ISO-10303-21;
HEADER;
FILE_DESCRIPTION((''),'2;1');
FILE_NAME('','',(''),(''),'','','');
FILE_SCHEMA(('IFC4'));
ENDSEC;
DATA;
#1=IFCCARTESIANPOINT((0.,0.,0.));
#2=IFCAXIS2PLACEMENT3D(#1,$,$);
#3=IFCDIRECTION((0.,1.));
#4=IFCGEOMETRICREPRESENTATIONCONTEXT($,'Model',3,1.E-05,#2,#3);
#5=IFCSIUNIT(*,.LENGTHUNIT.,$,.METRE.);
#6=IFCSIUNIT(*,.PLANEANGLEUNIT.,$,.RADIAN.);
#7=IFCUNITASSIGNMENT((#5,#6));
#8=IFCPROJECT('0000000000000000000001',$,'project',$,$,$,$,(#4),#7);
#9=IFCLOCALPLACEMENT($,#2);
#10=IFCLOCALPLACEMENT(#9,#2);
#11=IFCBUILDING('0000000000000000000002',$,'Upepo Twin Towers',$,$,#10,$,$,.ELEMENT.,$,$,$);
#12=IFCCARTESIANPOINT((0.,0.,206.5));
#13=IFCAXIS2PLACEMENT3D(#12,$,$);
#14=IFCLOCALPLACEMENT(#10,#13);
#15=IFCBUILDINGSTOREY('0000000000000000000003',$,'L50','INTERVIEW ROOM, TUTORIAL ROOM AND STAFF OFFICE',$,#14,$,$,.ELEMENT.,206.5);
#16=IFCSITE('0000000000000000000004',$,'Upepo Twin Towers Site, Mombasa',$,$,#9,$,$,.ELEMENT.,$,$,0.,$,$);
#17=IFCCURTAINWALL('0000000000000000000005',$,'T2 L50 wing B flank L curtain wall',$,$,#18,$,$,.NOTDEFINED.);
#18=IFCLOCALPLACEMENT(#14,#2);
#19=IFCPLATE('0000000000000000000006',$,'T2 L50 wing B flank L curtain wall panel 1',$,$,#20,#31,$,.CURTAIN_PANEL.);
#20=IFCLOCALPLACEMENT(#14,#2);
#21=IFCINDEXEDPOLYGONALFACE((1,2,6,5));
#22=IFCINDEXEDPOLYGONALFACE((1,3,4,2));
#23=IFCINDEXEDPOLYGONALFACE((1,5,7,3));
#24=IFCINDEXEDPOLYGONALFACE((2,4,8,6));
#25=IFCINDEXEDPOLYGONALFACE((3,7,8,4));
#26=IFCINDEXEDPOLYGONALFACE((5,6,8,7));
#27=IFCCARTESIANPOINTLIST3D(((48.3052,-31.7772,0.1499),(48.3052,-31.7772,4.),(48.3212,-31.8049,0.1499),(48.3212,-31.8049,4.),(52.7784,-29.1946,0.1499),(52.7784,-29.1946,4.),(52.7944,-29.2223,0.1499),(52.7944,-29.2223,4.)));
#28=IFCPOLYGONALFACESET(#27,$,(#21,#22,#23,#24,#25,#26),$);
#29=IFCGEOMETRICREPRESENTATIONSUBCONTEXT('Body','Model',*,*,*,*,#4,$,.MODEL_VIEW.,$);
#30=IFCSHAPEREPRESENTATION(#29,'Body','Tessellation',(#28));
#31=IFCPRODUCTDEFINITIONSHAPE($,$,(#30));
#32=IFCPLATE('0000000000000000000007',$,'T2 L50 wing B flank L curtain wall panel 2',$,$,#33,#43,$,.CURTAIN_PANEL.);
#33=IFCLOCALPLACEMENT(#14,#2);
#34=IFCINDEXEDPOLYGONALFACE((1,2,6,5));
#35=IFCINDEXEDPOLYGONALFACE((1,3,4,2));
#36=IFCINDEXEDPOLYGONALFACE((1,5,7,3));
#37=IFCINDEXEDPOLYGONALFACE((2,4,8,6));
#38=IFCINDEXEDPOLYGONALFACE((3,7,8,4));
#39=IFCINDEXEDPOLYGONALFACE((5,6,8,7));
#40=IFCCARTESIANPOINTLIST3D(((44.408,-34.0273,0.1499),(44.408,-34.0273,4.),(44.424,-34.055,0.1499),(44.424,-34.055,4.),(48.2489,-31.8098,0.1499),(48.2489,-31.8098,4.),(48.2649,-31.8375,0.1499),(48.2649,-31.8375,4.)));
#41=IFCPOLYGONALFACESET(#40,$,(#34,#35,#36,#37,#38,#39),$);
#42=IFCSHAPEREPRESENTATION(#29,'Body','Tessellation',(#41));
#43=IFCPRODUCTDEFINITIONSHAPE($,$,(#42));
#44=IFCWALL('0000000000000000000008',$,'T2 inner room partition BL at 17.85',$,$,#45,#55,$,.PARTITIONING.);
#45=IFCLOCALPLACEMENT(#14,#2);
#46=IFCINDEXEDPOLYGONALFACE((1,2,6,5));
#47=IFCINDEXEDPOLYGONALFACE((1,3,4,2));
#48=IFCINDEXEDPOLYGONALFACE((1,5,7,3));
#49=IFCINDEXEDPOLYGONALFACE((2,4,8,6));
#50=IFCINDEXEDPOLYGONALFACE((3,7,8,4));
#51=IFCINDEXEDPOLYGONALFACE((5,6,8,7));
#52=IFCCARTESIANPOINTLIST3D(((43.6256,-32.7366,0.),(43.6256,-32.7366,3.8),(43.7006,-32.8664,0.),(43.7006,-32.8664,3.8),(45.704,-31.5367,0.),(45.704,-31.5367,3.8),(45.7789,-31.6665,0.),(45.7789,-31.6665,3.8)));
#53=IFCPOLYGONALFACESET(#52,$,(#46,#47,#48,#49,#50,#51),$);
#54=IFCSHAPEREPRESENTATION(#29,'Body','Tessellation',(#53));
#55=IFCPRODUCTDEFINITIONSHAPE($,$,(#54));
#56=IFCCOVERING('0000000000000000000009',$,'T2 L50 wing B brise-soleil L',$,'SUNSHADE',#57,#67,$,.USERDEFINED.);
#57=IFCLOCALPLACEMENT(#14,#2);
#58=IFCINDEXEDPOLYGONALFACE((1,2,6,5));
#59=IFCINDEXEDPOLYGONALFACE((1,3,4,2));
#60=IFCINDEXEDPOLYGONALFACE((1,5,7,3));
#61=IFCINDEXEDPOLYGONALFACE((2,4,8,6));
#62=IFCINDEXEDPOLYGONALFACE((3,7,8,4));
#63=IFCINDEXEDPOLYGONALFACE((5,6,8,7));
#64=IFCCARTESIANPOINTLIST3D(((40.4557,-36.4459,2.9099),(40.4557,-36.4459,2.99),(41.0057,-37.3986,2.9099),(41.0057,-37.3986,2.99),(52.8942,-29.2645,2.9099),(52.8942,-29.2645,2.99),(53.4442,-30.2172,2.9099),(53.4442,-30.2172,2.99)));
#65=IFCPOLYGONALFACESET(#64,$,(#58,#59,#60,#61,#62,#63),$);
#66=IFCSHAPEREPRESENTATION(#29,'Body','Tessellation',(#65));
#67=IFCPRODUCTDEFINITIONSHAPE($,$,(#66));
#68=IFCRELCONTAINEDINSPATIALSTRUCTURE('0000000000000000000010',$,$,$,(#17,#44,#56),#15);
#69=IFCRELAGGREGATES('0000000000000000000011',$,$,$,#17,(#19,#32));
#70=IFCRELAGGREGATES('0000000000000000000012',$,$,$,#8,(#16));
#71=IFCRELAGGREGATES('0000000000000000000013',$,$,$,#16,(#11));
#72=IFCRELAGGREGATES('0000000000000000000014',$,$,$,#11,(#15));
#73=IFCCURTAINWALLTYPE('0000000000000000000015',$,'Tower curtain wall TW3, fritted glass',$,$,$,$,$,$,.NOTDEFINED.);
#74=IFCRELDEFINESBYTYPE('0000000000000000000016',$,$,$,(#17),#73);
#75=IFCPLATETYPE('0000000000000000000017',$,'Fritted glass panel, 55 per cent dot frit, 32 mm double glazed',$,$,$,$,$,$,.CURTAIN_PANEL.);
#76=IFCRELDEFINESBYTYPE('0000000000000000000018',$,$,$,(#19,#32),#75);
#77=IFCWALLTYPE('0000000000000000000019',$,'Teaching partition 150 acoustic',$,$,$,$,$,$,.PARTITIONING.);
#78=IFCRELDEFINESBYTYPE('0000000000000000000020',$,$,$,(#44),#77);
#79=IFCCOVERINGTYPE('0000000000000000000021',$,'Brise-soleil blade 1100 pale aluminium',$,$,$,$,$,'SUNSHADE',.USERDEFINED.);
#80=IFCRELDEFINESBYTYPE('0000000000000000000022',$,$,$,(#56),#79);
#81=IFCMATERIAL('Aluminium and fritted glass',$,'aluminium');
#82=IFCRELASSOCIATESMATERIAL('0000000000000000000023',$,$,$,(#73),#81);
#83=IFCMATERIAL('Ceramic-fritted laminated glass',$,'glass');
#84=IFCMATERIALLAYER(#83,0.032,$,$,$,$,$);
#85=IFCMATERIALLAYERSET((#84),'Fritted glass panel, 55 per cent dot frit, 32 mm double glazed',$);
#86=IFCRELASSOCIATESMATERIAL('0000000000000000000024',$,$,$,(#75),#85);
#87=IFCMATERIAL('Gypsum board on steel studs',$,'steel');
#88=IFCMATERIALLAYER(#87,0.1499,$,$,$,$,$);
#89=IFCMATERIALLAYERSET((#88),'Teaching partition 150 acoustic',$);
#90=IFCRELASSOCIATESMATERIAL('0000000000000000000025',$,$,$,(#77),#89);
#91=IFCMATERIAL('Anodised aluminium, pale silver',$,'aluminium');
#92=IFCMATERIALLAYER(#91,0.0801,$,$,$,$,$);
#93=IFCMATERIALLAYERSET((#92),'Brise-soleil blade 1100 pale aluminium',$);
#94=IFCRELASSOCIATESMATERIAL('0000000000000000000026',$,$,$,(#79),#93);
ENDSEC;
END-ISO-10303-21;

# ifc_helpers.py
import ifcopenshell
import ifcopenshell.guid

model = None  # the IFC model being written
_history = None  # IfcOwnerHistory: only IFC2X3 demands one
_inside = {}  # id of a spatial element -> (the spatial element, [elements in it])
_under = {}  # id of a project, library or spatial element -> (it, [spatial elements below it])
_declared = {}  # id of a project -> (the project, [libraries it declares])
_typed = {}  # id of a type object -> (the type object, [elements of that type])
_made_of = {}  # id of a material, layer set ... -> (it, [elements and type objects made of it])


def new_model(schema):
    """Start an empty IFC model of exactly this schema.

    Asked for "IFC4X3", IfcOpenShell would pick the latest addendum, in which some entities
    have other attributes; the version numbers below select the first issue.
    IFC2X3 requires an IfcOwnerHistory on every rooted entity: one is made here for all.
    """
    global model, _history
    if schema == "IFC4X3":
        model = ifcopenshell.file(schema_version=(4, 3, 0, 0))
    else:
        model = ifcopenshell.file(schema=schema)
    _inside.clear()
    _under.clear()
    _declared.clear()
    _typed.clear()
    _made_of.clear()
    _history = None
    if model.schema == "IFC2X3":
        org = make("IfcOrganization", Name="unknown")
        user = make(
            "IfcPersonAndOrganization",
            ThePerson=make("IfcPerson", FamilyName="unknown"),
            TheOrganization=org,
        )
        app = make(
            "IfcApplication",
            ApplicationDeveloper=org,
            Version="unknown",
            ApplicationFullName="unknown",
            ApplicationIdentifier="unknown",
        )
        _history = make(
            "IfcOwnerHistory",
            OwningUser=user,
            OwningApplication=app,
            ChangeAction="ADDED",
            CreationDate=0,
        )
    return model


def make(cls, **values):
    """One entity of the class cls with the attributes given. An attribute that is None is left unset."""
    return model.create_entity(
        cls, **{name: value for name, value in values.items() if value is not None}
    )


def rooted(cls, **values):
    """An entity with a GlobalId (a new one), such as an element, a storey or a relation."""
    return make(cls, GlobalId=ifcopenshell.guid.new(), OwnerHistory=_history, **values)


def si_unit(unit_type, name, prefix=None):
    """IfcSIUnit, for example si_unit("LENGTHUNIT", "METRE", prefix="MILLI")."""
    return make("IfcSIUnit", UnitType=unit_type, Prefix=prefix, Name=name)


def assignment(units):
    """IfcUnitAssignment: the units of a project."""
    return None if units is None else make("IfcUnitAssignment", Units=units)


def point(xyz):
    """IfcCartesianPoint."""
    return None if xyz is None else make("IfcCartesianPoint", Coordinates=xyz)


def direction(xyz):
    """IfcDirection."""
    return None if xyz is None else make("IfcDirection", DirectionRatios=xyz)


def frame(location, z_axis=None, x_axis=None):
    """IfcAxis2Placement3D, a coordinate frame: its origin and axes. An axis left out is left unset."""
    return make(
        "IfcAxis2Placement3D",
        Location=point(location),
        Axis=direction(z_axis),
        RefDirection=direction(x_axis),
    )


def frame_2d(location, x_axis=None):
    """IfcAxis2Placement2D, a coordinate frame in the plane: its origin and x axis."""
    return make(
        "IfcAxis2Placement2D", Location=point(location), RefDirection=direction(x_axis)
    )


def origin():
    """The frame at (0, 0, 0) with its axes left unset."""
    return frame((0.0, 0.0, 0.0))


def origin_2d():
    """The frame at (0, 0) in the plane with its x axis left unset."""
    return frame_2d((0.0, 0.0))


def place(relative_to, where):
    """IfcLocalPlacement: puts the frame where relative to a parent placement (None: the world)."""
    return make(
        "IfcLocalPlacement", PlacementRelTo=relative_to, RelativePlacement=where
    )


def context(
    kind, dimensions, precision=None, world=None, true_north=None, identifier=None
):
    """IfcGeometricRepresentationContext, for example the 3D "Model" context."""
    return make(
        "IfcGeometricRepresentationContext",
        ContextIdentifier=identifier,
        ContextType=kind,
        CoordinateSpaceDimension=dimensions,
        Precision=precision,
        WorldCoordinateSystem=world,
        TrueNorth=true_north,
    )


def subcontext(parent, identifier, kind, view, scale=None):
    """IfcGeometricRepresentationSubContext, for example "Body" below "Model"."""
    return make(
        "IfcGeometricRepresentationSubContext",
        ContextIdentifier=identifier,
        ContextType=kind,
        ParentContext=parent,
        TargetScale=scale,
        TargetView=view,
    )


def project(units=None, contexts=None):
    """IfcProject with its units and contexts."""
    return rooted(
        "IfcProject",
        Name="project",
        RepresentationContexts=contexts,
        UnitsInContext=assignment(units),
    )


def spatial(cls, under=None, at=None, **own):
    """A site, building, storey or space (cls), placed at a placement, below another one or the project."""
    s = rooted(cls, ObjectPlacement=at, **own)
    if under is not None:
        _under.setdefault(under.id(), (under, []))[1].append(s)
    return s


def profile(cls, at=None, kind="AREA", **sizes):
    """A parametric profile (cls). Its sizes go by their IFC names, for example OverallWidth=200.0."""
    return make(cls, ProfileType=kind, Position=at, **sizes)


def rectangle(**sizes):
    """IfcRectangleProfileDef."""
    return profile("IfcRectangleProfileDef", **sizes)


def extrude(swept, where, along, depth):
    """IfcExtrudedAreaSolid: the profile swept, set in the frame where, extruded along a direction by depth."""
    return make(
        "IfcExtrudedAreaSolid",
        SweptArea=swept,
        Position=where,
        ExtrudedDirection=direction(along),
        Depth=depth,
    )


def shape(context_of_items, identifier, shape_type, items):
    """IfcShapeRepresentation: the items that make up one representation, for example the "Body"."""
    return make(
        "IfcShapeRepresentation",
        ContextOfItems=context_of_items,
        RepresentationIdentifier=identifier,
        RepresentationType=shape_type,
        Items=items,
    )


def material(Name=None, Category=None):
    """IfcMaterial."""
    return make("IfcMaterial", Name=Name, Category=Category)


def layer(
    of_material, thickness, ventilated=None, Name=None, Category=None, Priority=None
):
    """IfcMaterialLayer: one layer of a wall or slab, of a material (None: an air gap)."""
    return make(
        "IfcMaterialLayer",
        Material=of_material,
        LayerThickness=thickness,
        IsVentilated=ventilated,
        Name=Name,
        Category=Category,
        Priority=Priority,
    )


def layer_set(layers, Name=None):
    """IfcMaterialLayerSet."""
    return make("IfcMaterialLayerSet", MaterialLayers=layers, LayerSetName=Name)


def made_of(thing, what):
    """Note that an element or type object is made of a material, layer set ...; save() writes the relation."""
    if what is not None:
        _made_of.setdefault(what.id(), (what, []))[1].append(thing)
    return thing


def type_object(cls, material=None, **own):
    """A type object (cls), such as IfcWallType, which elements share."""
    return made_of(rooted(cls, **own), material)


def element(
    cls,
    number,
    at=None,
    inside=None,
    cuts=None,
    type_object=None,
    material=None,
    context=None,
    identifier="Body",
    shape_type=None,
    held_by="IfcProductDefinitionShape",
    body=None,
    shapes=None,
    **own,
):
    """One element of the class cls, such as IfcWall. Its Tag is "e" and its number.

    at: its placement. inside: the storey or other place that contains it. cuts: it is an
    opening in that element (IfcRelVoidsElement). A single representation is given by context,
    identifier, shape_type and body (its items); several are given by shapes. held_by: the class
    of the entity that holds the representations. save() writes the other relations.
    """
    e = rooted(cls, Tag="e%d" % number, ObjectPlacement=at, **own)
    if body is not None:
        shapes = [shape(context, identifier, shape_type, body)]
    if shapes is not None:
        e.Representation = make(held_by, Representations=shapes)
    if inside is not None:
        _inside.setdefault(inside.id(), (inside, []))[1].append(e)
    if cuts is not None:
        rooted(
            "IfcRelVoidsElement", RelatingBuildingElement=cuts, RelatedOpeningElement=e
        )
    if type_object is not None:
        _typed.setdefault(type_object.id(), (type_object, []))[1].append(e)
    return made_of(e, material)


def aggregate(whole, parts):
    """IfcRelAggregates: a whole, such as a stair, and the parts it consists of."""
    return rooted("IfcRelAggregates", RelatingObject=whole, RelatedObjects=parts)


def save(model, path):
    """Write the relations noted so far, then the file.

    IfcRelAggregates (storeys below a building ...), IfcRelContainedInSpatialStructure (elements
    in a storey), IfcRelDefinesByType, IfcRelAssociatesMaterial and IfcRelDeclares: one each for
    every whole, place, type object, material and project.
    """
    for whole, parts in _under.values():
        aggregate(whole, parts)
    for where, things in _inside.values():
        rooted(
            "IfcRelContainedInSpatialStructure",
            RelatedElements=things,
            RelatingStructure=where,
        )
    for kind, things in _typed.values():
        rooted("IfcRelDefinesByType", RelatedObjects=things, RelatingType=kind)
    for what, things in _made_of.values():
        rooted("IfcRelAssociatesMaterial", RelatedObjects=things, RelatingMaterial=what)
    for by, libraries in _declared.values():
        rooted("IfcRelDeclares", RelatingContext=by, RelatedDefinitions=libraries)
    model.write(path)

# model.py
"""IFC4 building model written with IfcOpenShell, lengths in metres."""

from ifc_helpers import new_model, si_unit, direction, frame, frame_2d, origin, origin_2d, place, context, subcontext, project, spatial, rectangle, extrude, material, layer, layer_set, type_object, element, aggregate, save


model = new_model("IFC4")

# Units and contexts
model_context = context("Model", 3, precision=1e-05, world=origin(), true_north=direction((0.0, 1.0)))
body_context = subcontext(model_context, "Body", "Model", "MODEL_VIEW")
ifc_project = project(units=[si_unit("LENGTHUNIT", "METRE"), si_unit("PLANEANGLEUNIT", "RADIAN")], contexts=[model_context])

# Site, building, storey
site_placement = place(None, origin())
site = spatial("IfcSite", under=ifc_project, at=site_placement, Name="Upepo Twin Towers Site, Mombasa", CompositionType="ELEMENT", RefElevation=0.0)
building_placement = place(site_placement, origin())
building = spatial("IfcBuilding", under=site, at=building_placement, Name="Upepo Twin Towers", CompositionType="ELEMENT")
storey_placement = place(building_placement, frame((0.0, 0.0, 206.5)))
storey = spatial("IfcBuildingStorey", under=building, at=storey_placement, Name="L50", Description="INTERVIEW ROOM, TUTORIAL ROOM AND STAFF OFFICE", CompositionType="ELEMENT", Elevation=206.5)

# Curtain wall, plates
ifc_material_1 = material(Name="Aluminium and fritted glass", Category="aluminium")
curtain_wall_type = type_object("IfcCurtainWallType", Name="Tower curtain wall TW3, fritted glass", PredefinedType="NOTDEFINED", material=ifc_material_1)
curtain_wall_placement = place(storey_placement, origin())
curtain_wall = element("IfcCurtainWall", 1, at=curtain_wall_placement, inside=storey, type_object=curtain_wall_type, Name="T2 L50 wing B flank L curtain wall", PredefinedType="NOTDEFINED")
ifc_material_2 = material(Name="Ceramic-fritted laminated glass", Category="glass")
ifc_layer_1 = layer(ifc_material_2, 0.032)
ifc_layer_set_1 = layer_set([ifc_layer_1], Name="Fritted glass panel, 55 per cent dot frit, 32 mm double glazed")
plate_type = type_object("IfcPlateType", Name="Fritted glass panel, 55 per cent dot frit, 32 mm double glazed", PredefinedType="CURTAIN_PANEL", material=ifc_layer_set_1)
plate_1_placement = place(storey_placement, frame((50.5498, -30.4998, 0.1499), z_axis=(0.0, 0.0, 1.0), x_axis=(-0.866025, -0.5, 0.0)))
plate_1 = element("IfcPlate", 2, at=plate_1_placement, type_object=plate_type, Name="T2 L50 wing B flank L curtain wall panel 1", PredefinedType="CURTAIN_PANEL", context=body_context, shape_type="SweptSolid", body=[
    extrude(rectangle(XDim=5.1653, YDim=0.032, at=origin_2d()), origin(), (0.0, 0.0, 1.0), 3.8501),
])
plate_2_placement = place(storey_placement, frame((46.3364, -32.9324, 0.1499), z_axis=(0.0, 0.0, 1.0), x_axis=(-0.866025, -0.5, 0.0)))
plate_2 = element("IfcPlate", 3, at=plate_2_placement, type_object=plate_type, Name="T2 L50 wing B flank L curtain wall panel 2", PredefinedType="CURTAIN_PANEL", context=body_context, shape_type="SweptSolid", body=[
    extrude(rectangle(XDim=4.4351, YDim=0.032, at=origin_2d()), origin(), (0.0, 0.0, 1.0), 3.8501),
])
aggregate(curtain_wall, [plate_1, plate_2])

# Wall
ifc_material_3 = material(Name="Gypsum board on steel studs", Category="steel")
ifc_layer_2 = layer(ifc_material_3, 0.1499)
ifc_layer_set_2 = layer_set([ifc_layer_2], Name="Teaching partition 150 acoustic")
wall_type = type_object("IfcWallType", Name="Teaching partition 150 acoustic", PredefinedType="PARTITIONING", material=ifc_layer_set_2)
wall_placement = place(storey_placement, frame((45.7415, -31.6016, 0.0), z_axis=(0.0, 0.0, 1.0), x_axis=(-0.866025, -0.500001, 0.0)))
element("IfcWall", 4, at=wall_placement, inside=storey, type_object=wall_type, Name="T2 inner room partition BL at 17.85", PredefinedType="PARTITIONING", context=body_context, shape_type="SweptSolid", body=[
    extrude(rectangle(XDim=2.3999, YDim=0.1499, at=frame_2d((1.2, 0.0))), origin(), (0.0, 0.0, 1.0), 3.8),
])

# Covering
ifc_material_4 = material(Name="Anodised aluminium, pale silver", Category="aluminium")
ifc_layer_3 = layer(ifc_material_4, 0.0801)
ifc_layer_set_3 = layer_set([ifc_layer_3], Name="Brise-soleil blade 1100 pale aluminium")
covering_type = type_object("IfcCoveringType", Name="Brise-soleil blade 1100 pale aluminium", ElementType="SUNSHADE", PredefinedType="USERDEFINED", material=ifc_layer_set_3)
covering_placement = place(storey_placement, frame((46.95, -33.3315, 2.9099), z_axis=(0.0, 0.0, 1.0), x_axis=(-0.866025, -0.5, 0.0)))
element("IfcCovering", 5, at=covering_placement, inside=storey, type_object=covering_type, Name="T2 L50 wing B brise-soleil L", ObjectType="SUNSHADE", PredefinedType="USERDEFINED", context=body_context, shape_type="SweptSolid", body=[
    extrude(rectangle(XDim=14.3628, YDim=1.1001, at=origin_2d()), origin(), (0.0, 0.0, 1.0), 0.0801),
])

save(model, "model.ifc")
